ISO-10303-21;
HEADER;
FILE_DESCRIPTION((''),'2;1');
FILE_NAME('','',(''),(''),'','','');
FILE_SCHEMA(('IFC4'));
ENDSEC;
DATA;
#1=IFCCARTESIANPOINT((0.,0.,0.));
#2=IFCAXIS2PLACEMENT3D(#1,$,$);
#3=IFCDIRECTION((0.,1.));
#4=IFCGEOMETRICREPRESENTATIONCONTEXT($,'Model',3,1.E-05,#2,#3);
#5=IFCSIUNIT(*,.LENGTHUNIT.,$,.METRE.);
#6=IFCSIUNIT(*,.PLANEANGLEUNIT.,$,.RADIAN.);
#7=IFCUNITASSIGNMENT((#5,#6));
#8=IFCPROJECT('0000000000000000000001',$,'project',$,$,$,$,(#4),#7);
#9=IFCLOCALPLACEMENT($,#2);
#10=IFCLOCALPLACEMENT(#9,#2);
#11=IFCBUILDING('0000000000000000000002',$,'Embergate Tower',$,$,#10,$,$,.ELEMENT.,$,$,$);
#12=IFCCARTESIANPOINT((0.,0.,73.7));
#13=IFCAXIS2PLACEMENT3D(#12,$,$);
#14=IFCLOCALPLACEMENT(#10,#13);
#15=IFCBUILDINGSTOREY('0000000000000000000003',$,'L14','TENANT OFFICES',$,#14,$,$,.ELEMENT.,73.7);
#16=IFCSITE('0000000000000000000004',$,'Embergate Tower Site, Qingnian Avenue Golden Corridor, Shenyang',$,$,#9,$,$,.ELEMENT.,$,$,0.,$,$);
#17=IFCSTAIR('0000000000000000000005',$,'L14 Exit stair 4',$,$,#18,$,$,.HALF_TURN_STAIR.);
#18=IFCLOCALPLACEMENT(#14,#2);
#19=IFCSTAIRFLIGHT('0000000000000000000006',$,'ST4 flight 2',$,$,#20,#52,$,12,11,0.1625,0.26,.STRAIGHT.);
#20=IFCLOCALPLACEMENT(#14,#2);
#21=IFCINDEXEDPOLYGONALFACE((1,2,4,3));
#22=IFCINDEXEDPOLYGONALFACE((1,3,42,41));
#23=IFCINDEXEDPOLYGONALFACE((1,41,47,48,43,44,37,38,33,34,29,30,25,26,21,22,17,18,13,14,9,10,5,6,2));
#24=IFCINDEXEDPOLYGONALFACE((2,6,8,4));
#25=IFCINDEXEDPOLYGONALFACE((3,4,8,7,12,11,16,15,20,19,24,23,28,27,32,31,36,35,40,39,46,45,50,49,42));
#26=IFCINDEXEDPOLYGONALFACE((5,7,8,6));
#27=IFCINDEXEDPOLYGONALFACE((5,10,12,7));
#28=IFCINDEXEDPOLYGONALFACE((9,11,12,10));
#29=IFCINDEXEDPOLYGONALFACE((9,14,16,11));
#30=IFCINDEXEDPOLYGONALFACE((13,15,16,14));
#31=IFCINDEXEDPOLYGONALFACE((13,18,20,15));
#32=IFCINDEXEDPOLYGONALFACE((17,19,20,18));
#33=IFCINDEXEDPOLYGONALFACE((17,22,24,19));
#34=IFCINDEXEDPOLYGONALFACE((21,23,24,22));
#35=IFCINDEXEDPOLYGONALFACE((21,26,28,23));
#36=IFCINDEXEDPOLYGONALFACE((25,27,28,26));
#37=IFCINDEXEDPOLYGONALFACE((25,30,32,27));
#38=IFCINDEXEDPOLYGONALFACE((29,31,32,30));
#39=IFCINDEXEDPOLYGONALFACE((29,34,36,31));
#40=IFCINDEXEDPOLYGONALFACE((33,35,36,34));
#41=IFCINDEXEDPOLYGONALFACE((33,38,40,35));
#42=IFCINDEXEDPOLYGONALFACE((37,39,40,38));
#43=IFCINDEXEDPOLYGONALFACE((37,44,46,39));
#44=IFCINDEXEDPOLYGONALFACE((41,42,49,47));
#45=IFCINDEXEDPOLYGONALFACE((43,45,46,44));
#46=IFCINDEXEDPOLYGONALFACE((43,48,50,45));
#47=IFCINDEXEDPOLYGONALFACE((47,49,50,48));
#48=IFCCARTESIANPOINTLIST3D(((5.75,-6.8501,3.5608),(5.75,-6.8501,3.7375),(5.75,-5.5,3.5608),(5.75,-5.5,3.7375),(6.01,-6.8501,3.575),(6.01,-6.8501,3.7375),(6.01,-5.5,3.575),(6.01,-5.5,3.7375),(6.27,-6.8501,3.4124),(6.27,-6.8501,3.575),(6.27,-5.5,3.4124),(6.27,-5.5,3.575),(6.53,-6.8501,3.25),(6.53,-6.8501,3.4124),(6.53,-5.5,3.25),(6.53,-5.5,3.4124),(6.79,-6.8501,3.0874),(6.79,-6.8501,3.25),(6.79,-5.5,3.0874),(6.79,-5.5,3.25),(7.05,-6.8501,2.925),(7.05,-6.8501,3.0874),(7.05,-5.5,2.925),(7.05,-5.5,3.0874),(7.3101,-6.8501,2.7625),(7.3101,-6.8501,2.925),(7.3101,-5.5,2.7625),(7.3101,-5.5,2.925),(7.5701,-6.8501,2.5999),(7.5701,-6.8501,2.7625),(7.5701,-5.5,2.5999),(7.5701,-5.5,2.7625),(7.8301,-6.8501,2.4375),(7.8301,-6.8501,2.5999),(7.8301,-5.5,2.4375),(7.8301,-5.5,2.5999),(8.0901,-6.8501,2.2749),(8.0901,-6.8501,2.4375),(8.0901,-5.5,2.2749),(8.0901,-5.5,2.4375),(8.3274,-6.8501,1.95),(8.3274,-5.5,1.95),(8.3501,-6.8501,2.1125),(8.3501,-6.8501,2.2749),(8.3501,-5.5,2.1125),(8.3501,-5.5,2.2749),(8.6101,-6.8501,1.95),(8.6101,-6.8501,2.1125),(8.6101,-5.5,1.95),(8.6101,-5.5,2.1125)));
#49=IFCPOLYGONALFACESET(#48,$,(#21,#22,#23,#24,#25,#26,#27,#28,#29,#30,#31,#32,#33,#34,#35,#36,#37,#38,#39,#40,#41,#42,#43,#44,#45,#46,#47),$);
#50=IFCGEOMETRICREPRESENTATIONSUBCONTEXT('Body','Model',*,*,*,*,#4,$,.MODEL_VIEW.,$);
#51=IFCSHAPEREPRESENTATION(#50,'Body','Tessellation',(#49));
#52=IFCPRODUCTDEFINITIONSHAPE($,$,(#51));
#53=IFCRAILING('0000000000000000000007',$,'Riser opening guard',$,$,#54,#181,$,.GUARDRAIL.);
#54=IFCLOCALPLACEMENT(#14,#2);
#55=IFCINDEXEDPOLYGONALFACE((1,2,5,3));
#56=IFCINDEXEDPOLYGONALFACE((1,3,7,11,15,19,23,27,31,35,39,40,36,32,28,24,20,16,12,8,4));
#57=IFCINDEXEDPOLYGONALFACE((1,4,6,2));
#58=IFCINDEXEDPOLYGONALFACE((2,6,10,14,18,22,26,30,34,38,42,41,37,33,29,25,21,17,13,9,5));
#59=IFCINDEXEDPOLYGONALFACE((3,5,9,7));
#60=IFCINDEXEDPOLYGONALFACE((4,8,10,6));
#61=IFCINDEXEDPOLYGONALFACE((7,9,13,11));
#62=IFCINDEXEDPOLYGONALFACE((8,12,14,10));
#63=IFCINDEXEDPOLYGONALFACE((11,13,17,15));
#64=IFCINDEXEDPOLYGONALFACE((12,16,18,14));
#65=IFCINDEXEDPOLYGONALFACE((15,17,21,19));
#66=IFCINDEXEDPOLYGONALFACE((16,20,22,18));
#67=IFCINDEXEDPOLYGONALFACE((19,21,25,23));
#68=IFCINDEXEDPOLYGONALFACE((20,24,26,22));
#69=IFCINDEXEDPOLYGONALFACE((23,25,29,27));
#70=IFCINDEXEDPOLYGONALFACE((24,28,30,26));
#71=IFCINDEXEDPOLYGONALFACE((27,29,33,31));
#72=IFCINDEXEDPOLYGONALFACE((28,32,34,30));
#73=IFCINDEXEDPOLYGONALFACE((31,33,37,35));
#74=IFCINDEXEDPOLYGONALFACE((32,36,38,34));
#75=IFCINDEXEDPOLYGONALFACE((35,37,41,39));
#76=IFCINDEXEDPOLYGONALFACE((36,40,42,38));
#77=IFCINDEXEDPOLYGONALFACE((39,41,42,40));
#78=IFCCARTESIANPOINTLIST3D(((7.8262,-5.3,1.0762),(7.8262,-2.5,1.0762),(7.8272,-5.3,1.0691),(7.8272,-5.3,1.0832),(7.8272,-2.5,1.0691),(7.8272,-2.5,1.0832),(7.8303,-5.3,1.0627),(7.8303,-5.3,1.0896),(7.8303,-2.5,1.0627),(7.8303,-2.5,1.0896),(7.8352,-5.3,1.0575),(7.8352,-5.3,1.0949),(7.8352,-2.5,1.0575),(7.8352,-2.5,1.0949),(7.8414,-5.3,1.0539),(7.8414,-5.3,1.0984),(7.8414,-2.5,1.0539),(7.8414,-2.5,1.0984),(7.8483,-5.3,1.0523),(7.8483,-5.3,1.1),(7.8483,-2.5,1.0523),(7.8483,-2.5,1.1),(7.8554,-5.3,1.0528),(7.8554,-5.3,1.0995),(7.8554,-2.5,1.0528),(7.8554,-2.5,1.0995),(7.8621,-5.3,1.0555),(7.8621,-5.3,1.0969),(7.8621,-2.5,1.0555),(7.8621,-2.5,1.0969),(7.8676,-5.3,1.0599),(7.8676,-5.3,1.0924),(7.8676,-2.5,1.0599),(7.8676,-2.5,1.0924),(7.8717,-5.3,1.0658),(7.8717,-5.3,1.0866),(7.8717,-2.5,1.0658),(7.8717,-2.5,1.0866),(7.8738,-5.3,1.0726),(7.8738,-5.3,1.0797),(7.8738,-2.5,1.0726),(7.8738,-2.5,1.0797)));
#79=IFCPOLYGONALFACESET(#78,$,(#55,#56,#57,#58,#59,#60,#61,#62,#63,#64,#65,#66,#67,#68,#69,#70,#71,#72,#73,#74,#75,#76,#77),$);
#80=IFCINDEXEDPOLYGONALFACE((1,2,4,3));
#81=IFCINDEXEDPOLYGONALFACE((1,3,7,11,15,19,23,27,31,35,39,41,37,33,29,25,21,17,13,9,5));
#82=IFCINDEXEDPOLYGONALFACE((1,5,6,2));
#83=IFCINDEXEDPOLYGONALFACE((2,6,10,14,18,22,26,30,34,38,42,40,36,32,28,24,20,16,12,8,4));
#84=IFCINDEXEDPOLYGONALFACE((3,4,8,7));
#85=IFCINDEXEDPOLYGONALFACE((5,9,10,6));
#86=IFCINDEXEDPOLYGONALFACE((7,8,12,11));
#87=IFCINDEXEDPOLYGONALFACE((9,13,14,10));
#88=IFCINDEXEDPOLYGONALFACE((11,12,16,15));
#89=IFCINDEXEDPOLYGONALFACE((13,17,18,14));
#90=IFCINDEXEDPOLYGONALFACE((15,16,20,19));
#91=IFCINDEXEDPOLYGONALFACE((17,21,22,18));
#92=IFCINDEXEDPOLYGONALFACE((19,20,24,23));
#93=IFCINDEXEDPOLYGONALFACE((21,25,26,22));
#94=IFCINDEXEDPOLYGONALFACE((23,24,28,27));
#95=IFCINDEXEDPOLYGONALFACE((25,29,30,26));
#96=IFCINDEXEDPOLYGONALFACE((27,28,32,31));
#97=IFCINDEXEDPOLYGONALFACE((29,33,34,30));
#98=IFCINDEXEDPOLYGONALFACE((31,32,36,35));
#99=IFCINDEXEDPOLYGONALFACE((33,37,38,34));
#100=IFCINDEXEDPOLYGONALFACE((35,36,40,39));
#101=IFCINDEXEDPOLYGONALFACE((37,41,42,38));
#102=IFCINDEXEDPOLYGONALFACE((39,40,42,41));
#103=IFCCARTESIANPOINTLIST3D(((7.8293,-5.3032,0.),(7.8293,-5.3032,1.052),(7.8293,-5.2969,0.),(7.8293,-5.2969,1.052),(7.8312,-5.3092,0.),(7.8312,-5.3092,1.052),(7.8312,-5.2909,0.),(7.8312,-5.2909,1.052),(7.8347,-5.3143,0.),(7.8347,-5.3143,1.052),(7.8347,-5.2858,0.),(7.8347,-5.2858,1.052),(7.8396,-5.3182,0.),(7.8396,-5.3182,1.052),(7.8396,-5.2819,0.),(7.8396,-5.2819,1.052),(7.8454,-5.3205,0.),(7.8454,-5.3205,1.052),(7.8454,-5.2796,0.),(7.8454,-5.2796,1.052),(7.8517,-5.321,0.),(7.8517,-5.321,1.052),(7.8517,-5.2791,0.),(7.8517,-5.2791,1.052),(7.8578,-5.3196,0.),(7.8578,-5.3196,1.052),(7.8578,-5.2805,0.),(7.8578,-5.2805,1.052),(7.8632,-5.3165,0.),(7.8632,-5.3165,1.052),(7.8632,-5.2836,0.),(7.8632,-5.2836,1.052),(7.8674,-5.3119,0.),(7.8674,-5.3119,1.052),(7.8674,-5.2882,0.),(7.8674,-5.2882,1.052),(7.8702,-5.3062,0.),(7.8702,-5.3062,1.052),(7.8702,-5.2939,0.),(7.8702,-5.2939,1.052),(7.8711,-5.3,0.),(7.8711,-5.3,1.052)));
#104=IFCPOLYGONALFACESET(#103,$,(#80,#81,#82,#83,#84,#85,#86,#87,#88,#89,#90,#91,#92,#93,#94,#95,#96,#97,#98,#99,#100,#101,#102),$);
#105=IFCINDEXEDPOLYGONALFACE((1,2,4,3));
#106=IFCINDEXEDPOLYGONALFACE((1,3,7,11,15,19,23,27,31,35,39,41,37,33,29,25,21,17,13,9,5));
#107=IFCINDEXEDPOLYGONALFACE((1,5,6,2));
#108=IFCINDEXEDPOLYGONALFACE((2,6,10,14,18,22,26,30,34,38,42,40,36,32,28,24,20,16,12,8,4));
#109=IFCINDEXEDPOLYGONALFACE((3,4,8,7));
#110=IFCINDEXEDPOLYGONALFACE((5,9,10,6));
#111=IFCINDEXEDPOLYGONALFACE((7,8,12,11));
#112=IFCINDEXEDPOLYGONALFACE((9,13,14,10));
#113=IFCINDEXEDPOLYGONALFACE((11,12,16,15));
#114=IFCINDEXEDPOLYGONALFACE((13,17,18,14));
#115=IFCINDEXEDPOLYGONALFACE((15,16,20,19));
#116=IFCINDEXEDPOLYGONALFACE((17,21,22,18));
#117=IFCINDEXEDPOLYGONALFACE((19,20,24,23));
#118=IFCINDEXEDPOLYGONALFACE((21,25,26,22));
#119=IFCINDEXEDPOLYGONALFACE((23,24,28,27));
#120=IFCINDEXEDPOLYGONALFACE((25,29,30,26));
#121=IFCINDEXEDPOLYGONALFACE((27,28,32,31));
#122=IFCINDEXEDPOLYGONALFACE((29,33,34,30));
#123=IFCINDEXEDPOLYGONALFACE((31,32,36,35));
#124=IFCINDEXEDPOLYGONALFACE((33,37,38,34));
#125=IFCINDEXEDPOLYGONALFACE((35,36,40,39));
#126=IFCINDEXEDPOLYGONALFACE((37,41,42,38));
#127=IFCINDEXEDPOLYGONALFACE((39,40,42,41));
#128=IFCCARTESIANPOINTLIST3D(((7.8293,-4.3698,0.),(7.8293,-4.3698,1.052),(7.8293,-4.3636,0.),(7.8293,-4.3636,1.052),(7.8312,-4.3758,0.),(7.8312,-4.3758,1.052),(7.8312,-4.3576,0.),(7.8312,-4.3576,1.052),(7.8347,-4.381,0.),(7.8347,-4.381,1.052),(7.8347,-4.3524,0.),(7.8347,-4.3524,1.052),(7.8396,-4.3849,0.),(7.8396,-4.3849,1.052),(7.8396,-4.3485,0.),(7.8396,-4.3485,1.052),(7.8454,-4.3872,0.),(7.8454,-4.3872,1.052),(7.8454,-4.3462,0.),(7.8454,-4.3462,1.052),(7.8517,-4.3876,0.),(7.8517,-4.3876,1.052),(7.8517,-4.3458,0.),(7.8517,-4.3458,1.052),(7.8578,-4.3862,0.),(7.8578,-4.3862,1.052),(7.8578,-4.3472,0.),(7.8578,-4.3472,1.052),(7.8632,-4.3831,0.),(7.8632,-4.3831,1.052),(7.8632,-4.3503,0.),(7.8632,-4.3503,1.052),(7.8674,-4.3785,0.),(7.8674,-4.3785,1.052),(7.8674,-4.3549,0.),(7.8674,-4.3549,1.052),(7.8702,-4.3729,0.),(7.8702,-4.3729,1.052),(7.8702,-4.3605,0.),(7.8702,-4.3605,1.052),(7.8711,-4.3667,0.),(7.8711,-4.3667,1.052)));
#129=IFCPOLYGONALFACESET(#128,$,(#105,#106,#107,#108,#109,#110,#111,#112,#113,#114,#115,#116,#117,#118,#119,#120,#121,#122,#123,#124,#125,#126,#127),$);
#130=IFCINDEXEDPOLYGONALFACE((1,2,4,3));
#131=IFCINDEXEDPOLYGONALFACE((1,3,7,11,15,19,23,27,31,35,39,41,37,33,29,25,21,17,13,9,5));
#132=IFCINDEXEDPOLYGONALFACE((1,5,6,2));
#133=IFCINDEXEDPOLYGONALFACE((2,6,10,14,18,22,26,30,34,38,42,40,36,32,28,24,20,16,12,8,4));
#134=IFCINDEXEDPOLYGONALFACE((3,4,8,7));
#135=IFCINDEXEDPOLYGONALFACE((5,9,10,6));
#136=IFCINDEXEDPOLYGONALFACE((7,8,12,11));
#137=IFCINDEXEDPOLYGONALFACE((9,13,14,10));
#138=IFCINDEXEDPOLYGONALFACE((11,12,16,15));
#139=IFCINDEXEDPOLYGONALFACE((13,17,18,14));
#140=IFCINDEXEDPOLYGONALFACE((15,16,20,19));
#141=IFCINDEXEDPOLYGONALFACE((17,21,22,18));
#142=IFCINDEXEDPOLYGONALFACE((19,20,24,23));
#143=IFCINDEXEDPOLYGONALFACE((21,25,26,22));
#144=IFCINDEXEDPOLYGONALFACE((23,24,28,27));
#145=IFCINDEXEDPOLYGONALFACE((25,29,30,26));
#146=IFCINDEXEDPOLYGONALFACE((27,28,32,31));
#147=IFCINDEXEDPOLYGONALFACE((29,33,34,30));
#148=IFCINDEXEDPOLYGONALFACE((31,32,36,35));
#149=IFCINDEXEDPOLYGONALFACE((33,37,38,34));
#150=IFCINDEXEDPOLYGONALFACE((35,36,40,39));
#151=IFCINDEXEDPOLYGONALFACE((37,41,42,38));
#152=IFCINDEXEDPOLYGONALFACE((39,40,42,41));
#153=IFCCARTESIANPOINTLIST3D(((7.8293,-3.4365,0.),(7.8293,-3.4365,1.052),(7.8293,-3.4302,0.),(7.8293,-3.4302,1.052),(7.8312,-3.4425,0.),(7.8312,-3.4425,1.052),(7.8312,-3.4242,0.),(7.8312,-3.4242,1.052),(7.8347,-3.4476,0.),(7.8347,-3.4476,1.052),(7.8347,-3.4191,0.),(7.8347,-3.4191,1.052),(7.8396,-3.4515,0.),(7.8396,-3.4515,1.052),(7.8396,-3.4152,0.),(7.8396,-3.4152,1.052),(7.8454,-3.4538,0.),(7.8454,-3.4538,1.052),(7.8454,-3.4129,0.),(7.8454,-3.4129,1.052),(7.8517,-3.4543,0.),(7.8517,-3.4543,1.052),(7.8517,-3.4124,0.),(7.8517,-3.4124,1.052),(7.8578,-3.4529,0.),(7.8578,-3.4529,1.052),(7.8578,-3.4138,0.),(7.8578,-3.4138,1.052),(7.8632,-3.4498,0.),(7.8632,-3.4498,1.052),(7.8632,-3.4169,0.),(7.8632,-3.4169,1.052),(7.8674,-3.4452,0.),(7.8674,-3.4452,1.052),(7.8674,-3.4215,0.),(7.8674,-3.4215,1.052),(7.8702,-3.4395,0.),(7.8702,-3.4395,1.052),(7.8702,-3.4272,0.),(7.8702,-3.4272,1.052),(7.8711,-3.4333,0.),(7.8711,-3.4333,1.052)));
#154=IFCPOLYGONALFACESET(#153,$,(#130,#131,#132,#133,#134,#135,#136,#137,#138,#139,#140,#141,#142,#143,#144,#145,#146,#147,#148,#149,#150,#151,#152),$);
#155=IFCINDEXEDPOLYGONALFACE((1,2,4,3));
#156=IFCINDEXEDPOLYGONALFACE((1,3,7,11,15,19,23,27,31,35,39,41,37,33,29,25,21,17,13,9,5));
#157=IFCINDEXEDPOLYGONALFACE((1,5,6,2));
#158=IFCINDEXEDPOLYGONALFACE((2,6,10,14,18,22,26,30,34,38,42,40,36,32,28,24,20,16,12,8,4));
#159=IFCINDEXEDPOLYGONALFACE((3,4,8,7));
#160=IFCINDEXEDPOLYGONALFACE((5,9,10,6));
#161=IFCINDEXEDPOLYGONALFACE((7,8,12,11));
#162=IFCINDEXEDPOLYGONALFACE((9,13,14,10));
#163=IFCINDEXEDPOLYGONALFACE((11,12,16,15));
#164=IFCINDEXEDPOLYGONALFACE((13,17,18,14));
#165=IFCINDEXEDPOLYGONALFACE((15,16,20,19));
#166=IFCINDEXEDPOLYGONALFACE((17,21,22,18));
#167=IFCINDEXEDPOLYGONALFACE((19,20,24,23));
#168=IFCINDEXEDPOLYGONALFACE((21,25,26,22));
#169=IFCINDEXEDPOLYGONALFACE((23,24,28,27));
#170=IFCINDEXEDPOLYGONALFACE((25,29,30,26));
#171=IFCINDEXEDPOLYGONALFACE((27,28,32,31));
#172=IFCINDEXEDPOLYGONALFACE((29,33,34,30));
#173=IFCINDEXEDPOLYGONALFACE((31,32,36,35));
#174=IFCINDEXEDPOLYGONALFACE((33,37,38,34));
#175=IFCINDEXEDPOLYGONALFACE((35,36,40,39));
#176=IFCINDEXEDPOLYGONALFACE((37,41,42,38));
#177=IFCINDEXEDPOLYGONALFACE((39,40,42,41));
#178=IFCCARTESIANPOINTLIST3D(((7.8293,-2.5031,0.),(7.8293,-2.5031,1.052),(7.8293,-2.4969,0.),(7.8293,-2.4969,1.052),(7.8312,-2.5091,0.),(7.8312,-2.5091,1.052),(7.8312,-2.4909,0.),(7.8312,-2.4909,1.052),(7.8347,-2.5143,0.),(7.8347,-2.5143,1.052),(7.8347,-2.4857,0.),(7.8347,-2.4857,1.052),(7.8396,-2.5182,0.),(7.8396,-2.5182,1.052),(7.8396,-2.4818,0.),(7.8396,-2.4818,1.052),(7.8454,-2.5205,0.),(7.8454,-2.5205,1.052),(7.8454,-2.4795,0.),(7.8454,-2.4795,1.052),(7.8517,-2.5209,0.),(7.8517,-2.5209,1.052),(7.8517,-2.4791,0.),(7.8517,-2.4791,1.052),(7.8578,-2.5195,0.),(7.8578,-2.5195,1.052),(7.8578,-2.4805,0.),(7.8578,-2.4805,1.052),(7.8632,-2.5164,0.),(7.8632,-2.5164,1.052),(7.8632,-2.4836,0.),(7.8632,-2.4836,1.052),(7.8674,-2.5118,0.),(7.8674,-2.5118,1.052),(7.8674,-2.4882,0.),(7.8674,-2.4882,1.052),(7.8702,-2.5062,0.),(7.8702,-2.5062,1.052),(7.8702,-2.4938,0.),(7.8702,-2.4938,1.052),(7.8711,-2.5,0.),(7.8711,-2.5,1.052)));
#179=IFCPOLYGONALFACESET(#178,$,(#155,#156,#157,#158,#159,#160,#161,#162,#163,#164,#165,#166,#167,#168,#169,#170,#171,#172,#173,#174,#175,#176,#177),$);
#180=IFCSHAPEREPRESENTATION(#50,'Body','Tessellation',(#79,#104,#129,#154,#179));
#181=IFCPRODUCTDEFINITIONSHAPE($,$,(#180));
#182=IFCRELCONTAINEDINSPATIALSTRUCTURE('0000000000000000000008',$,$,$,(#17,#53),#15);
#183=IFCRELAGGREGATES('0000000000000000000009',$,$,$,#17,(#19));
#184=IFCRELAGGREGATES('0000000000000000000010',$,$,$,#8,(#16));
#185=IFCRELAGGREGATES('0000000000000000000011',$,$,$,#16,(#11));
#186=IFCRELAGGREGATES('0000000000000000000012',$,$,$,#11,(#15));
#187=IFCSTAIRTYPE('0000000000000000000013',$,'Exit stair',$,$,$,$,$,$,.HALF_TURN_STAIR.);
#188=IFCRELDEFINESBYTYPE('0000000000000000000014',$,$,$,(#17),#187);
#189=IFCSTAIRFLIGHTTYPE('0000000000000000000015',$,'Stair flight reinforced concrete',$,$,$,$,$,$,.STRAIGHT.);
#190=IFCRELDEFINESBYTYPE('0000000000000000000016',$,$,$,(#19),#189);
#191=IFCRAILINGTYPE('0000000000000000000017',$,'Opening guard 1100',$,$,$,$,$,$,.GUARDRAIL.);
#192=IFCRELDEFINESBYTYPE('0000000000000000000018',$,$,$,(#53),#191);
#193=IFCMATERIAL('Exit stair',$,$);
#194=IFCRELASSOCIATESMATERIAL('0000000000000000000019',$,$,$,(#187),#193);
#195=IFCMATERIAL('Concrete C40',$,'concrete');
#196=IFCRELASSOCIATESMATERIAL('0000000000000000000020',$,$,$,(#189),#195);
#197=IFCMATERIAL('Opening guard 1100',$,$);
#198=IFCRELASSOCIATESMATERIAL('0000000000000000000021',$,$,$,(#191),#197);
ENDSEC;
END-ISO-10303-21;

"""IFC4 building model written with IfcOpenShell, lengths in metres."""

from ifc_helpers import new_model, si_unit, direction, frame, origin, origin_2d, place, context, subcontext, project, spatial, polyline, circle, outline, extrude, source, transform, mapped, material, type_object, element, aggregate, save


model = new_model("IFC4")

# Units and contexts
model_context = context("Model", 3, precision=1e-05, world=origin(), true_north=direction((0.0, 1.0)))
body_context = subcontext(model_context, "Body", "Model", "MODEL_VIEW")
ifc_project = project(units=[si_unit("LENGTHUNIT", "METRE"), si_unit("PLANEANGLEUNIT", "RADIAN")], contexts=[model_context])

# Site, building, storey
site_placement = place(None, origin())
site = spatial("IfcSite", under=ifc_project, at=site_placement, Name="Embergate Tower Site, Qingnian Avenue Golden Corridor, Shenyang", CompositionType="ELEMENT", RefElevation=0.0)
building_placement = place(site_placement, origin())
building = spatial("IfcBuilding", under=site, at=building_placement, Name="Embergate Tower", CompositionType="ELEMENT")
storey_placement = place(building_placement, frame((0.0, 0.0, 73.7)))
storey = spatial("IfcBuildingStorey", under=building, at=storey_placement, Name="L14", Description="TENANT OFFICES", CompositionType="ELEMENT", Elevation=73.7)

# Stair
ifc_material_1 = material(Name="Exit stair")
stair_type = type_object("IfcStairType", Name="Exit stair", PredefinedType="HALF_TURN_STAIR", material=ifc_material_1)
stair_placement = place(storey_placement, origin())
stair = element("IfcStair", 1, at=stair_placement, inside=storey, type_object=stair_type, Name="L14 Exit stair 4", PredefinedType="HALF_TURN_STAIR")
ifc_material_2 = material(Name="Concrete C40", Category="concrete")

# Stair flight
stair_flight_type = type_object("IfcStairFlightType", Name="Stair flight reinforced concrete", PredefinedType="STRAIGHT", material=ifc_material_2)
shared_shape_1 = source(origin(), body_context, "Body", "SweptSolid", [
    extrude(outline(polyline([(0.0, 0.0), (0.0, 0.1626), (0.26, 0.1626), (0.26, 0.325), (0.52, 0.325), (0.52, 0.4875), (0.78, 0.4875), (0.78, 0.6499), (1.04, 0.6499), (1.04, 0.8125), (1.3, 0.8125), (1.3, 0.9751), (1.5601, 0.9751), (1.5601, 1.1375), (1.8201, 1.1375), (1.8201, 1.3), (2.0801, 1.3), (2.0801, 1.4624), (2.3401, 1.4624), (2.3401, 1.625), (2.6001, 1.625), (2.6001, 1.7876), (2.8601, 1.7876), (2.8601, 1.95), (2.8601, 1.6108), (0.2827, 0.0), (0.0, 0.0)])), frame((0.0, 0.675, 0.0), z_axis=(0.0, -1.0, 0.0), x_axis=(1.0, 0.0, 0.0)), (0.0, 0.0, 1.0), 1.3501),
])
stair_flight_placement = place(storey_placement, frame((8.6101, -6.175, 1.95), z_axis=(0.0, 0.0, 1.0), x_axis=(-1.0, 0.0, 0.0)))
stair_flight = element("IfcStairFlight", 2, at=stair_flight_placement, type_object=stair_flight_type, Name="ST4 flight 2", NumberOfRisers=12, NumberOfTreads=11, PredefinedType="STRAIGHT", RiserHeight=0.1625, TreadLength=0.26, context=body_context, shape_type="MappedRepresentation", body=[
    mapped(shared_shape_1, transform((0.0, 0.0, 0.0))),
])
aggregate(stair, [stair_flight])

# Railing
ifc_material_3 = material(Name="Opening guard 1100")
railing_type = type_object("IfcRailingType", Name="Opening guard 1100", PredefinedType="GUARDRAIL", material=ifc_material_3)
shared_shape_2 = source(origin(), body_context, "Body", "SweptSolid", [
    extrude(circle(Radius=0.0239, at=origin_2d()), frame((0.0, 0.0, 1.0762), z_axis=(0.0, 1.0, 0.0), x_axis=(-1.0, 0.0, 0.0)), (0.0, 0.0, 1.0), 2.8),
    extrude(circle(Radius=0.021, at=origin_2d()), origin(), (0.0, 0.0, 1.0), 1.052),
    extrude(circle(Radius=0.021, at=origin_2d()), frame((0.0, 0.9333, 0.0)), (0.0, 0.0, 1.0), 1.052),
    extrude(circle(Radius=0.021, at=origin_2d()), frame((0.0, 1.8667, 0.0)), (0.0, 0.0, 1.0), 1.052),
    extrude(circle(Radius=0.021, at=origin_2d()), frame((0.0, 2.8, 0.0)), (0.0, 0.0, 1.0), 1.052),
])
railing_placement = place(storey_placement, frame((7.8501, -5.3, 0.0)))
element("IfcRailing", 3, at=railing_placement, inside=storey, type_object=railing_type, Name="Riser opening guard", PredefinedType="GUARDRAIL", context=body_context, shape_type="MappedRepresentation", body=[
    mapped(shared_shape_2, transform((0.0, 0.0, 0.0))),
])

save(model, "model.ifc")
